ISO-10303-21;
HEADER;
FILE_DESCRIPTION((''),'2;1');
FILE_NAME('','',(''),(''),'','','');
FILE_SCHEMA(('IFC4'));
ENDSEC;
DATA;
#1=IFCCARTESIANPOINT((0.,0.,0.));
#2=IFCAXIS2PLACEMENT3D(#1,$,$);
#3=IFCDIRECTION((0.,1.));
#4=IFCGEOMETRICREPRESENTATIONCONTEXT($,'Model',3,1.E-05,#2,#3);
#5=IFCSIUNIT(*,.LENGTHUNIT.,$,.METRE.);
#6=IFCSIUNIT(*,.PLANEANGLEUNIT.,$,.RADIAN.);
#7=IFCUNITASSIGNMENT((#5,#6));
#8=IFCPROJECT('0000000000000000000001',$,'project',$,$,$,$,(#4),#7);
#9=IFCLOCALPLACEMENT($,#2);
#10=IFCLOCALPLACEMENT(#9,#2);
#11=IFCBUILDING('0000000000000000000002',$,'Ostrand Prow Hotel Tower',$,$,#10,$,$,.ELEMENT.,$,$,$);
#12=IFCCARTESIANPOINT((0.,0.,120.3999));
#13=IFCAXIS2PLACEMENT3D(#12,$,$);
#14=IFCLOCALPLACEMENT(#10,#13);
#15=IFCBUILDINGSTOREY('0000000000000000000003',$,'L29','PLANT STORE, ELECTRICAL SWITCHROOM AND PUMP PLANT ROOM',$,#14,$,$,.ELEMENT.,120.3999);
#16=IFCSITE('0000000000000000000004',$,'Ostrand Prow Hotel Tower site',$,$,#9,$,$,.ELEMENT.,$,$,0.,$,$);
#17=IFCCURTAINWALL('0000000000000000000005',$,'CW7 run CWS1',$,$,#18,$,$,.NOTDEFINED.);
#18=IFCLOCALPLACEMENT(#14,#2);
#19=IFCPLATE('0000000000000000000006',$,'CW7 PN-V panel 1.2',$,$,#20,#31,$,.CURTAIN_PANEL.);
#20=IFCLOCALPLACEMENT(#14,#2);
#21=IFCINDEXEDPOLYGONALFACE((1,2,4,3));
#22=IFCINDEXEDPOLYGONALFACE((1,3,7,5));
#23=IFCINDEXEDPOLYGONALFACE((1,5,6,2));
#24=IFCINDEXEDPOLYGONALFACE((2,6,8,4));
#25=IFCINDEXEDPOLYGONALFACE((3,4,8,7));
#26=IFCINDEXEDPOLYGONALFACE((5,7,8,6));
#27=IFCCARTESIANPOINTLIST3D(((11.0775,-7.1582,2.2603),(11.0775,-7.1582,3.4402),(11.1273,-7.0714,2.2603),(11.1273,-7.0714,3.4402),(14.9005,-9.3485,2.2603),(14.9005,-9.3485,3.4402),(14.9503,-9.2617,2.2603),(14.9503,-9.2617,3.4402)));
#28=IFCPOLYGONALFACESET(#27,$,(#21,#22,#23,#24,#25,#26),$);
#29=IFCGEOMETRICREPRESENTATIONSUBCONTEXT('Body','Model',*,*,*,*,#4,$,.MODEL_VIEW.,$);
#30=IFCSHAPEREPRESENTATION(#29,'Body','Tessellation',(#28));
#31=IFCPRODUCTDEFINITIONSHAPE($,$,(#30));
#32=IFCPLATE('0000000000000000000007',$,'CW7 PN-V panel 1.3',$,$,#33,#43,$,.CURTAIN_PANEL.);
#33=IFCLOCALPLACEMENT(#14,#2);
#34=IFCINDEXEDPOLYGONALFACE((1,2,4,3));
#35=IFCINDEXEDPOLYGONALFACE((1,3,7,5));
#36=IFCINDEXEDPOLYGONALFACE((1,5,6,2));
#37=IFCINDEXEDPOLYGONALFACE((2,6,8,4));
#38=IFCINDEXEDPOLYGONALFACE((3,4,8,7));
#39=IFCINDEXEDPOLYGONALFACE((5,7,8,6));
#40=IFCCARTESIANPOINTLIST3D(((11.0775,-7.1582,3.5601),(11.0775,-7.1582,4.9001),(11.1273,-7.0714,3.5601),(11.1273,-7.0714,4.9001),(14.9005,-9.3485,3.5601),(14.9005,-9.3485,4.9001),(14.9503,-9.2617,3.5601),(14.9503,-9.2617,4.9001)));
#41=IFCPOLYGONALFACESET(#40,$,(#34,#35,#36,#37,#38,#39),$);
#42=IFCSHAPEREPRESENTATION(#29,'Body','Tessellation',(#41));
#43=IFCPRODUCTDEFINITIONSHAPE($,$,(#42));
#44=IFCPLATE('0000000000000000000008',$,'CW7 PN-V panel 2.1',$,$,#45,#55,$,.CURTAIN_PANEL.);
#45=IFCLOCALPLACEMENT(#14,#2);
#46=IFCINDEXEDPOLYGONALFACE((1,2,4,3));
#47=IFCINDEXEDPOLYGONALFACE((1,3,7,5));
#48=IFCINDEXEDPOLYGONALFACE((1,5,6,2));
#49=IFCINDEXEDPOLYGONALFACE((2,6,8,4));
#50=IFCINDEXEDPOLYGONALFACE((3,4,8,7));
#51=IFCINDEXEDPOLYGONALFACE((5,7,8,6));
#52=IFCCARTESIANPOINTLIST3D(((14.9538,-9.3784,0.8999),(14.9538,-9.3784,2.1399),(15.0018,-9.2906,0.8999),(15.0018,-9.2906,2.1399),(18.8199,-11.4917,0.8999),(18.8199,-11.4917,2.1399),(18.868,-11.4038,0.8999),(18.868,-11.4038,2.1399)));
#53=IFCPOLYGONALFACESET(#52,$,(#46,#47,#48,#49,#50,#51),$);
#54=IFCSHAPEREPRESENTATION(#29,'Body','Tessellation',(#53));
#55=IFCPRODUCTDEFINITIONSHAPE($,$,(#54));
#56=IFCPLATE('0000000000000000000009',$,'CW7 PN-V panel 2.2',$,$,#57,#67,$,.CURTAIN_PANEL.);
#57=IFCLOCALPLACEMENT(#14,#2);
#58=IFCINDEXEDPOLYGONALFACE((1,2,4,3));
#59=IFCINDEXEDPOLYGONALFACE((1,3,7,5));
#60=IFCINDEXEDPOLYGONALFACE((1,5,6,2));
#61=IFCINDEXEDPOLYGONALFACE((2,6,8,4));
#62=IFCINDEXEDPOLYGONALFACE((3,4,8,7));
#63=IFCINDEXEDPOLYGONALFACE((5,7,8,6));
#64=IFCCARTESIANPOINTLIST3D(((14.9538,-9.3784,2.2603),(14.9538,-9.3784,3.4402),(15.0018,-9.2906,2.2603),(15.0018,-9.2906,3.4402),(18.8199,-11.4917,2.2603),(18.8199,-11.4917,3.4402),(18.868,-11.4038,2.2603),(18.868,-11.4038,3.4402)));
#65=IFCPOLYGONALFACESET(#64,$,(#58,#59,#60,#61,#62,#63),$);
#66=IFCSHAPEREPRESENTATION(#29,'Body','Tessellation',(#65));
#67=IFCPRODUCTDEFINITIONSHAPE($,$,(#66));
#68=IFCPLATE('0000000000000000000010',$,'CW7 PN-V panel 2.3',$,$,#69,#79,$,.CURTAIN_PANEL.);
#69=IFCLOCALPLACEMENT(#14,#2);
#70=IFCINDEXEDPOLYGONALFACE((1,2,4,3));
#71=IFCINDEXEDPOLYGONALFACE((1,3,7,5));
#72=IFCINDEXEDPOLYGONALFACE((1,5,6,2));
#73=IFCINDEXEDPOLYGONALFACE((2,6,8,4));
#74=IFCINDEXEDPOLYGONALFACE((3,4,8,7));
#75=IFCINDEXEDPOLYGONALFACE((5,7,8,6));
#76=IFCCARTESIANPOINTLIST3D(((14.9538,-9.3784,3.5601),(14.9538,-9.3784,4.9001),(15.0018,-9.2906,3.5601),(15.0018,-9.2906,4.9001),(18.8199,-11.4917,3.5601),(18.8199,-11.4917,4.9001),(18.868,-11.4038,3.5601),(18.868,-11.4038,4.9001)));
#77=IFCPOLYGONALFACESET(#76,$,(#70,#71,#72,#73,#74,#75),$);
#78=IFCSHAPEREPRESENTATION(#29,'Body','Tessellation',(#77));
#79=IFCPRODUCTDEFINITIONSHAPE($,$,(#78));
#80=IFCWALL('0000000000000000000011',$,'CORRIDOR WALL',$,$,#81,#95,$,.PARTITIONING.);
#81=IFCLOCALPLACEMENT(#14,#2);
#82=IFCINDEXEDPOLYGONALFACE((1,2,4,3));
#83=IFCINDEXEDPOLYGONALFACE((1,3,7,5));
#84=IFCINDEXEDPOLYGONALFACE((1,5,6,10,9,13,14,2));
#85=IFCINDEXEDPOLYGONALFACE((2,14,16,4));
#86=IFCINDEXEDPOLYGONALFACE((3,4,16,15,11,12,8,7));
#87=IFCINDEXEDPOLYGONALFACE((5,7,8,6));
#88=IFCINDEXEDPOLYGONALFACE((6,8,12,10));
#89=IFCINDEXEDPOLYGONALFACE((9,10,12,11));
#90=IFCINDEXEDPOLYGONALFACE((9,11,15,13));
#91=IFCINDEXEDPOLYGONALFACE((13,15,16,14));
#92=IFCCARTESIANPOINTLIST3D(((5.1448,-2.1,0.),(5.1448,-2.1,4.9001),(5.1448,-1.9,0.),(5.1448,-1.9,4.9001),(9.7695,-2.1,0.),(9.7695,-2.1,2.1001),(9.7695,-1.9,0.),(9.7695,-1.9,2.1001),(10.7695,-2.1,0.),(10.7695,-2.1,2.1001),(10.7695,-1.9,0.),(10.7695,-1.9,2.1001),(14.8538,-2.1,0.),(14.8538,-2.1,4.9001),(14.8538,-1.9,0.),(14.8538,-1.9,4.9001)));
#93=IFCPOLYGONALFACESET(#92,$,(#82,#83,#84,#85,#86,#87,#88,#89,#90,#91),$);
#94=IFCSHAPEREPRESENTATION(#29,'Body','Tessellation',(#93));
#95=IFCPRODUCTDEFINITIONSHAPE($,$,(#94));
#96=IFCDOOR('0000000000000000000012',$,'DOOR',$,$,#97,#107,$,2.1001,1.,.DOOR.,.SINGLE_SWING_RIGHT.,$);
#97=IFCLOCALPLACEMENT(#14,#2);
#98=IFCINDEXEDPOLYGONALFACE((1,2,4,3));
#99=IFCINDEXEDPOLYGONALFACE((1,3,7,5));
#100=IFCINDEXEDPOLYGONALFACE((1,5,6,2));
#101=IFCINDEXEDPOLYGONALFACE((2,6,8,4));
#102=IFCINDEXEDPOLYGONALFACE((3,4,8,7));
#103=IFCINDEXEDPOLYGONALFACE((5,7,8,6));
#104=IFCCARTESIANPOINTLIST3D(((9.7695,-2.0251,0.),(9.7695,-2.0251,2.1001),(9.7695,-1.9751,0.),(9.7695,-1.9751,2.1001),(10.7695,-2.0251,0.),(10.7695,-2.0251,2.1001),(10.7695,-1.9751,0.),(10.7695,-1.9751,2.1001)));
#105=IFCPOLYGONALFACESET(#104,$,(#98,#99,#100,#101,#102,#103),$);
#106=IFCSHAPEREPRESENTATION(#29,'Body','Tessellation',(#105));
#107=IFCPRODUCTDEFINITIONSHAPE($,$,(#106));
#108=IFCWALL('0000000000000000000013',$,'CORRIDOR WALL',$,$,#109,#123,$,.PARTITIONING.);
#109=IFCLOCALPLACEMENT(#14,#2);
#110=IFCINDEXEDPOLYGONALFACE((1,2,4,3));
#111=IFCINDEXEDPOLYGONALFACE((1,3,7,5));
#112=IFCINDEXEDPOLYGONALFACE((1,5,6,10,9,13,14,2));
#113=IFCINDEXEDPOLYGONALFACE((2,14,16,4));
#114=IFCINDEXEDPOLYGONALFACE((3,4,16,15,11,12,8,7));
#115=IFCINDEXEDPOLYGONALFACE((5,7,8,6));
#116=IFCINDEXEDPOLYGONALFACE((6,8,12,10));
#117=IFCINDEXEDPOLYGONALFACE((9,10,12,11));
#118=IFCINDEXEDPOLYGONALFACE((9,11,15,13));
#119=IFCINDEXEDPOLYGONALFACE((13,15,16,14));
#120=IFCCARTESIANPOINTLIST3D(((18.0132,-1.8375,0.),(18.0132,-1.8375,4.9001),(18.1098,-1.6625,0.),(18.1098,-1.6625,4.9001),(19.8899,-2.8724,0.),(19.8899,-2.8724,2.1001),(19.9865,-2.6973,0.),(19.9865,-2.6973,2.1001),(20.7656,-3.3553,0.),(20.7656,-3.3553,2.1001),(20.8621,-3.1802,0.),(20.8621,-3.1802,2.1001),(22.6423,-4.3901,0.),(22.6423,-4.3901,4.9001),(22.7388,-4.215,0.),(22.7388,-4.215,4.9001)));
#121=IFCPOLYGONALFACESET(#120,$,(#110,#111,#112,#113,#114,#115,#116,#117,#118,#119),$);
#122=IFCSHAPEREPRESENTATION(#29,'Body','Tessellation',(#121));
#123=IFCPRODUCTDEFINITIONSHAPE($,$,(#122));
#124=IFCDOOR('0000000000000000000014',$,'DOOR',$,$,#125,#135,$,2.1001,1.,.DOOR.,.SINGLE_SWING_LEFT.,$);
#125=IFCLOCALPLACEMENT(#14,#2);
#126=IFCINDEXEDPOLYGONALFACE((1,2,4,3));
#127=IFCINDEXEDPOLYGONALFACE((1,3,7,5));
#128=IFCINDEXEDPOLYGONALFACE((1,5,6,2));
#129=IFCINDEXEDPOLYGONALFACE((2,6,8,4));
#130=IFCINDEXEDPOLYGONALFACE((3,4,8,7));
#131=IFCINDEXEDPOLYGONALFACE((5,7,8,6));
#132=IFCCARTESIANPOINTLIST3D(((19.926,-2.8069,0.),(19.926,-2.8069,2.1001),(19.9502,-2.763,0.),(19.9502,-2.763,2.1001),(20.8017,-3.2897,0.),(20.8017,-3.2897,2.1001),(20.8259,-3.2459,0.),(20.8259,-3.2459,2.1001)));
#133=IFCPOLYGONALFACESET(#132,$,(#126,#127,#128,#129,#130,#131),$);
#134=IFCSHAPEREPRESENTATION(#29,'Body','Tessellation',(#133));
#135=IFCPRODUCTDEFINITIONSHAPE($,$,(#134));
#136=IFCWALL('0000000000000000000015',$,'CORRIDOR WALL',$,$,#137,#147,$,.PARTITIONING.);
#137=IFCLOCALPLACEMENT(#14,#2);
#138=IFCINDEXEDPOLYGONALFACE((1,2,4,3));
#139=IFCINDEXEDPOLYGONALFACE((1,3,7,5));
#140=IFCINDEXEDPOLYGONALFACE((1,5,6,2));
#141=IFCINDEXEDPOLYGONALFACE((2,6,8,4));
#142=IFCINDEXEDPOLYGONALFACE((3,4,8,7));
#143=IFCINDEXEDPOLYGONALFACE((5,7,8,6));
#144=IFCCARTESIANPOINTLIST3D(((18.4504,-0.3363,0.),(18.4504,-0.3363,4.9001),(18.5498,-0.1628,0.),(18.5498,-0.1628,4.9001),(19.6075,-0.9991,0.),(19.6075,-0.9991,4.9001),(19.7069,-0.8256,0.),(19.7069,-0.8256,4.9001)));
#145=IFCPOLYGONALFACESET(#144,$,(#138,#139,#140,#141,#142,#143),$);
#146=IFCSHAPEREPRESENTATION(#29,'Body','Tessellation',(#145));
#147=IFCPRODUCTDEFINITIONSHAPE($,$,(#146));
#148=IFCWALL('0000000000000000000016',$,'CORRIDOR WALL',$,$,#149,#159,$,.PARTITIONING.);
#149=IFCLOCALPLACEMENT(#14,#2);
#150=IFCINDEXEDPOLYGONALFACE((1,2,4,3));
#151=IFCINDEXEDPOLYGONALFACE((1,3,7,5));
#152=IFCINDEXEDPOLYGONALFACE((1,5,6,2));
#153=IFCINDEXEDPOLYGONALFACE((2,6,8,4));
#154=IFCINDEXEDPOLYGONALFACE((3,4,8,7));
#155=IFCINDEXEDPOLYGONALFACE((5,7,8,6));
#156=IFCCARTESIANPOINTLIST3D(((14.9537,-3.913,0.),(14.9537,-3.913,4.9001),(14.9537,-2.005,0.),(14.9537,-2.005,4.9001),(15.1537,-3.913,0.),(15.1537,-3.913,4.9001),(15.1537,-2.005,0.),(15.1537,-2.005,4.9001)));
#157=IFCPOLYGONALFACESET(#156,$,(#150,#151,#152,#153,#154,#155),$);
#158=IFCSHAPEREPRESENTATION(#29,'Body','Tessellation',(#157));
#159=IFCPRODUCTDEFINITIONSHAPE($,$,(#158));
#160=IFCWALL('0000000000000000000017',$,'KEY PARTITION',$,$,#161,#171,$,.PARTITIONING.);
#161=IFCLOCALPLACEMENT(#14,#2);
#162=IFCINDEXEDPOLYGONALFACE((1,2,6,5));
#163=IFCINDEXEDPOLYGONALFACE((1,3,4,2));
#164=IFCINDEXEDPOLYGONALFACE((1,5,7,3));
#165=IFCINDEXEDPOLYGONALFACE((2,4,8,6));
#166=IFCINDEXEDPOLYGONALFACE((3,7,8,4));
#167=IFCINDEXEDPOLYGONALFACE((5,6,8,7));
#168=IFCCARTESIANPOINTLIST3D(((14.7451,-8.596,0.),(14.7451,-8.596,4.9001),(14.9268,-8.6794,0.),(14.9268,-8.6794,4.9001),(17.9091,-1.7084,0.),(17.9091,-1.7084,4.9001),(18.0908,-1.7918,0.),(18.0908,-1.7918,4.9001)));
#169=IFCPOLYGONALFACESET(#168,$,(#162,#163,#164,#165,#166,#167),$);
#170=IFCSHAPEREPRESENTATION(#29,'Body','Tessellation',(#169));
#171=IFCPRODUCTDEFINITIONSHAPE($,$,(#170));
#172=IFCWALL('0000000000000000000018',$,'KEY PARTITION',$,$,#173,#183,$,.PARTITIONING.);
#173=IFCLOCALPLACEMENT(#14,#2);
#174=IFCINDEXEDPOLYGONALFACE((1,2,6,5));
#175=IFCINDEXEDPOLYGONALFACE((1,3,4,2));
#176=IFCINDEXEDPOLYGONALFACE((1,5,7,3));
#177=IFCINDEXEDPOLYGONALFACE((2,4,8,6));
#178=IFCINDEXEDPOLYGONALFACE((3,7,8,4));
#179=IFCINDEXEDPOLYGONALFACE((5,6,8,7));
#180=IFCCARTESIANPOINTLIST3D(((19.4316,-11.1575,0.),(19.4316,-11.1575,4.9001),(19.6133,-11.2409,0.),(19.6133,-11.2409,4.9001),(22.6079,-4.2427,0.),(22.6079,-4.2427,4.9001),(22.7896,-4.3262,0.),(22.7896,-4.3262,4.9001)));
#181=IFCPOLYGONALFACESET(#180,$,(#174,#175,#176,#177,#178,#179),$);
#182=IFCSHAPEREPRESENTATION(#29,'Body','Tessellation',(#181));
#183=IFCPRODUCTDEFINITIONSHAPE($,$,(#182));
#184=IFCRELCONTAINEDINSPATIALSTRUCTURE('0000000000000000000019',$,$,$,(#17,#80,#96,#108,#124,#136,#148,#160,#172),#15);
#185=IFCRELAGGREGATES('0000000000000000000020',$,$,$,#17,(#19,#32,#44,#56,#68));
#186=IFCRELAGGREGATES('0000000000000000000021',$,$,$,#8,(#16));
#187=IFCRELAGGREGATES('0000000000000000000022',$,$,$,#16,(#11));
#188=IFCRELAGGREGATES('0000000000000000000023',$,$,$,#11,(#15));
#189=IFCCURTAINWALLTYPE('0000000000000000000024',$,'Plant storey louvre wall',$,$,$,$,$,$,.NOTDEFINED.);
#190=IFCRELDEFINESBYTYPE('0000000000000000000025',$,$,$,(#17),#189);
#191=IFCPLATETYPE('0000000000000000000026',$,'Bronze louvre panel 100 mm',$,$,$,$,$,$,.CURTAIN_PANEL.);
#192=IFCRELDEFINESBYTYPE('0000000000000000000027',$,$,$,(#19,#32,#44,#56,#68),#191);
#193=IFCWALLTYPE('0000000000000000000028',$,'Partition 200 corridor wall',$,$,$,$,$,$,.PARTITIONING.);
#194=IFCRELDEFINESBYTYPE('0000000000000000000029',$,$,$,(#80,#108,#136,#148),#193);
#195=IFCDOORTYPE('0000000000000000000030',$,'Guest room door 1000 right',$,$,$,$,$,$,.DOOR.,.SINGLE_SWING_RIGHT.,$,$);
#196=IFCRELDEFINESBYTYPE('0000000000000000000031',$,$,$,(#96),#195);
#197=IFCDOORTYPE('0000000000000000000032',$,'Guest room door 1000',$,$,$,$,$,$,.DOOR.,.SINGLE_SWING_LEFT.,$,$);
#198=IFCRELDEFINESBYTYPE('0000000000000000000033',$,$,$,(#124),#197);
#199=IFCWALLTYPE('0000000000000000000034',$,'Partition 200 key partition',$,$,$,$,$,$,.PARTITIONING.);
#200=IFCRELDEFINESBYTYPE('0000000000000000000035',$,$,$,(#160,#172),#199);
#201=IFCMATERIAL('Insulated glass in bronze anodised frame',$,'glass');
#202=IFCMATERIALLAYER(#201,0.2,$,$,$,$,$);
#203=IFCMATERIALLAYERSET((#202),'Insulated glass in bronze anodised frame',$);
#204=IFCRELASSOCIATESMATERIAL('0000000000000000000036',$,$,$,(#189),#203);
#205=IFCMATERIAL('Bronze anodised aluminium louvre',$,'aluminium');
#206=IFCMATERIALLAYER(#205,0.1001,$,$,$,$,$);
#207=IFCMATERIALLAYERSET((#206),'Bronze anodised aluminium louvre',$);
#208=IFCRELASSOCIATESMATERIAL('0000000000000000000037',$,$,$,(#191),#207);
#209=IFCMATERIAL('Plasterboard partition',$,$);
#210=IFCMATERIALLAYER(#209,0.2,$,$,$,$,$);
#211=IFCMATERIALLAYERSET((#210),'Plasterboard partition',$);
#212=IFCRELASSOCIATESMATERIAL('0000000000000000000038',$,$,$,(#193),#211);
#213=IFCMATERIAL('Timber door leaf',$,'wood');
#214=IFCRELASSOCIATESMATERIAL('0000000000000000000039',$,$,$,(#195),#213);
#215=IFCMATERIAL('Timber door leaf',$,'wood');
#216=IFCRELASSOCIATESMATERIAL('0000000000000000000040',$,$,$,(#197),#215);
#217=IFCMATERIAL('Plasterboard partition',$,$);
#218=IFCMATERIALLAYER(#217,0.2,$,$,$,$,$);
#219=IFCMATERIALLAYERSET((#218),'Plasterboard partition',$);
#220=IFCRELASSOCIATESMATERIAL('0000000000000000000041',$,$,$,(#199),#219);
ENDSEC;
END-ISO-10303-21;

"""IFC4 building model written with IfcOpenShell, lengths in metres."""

from ifc_helpers import new_model, si_unit, direction, frame, frame_2d, origin, origin_2d, place, context, subcontext, project, spatial, rectangle, extrude, material, layer, layer_set, type_object, element, fill, aggregate, save


model = new_model("IFC4")

# Units and contexts
model_context = context("Model", 3, precision=1e-05, world=origin(), true_north=direction((0.0, 1.0)))
body_context = subcontext(model_context, "Body", "Model", "MODEL_VIEW")
ifc_project = project(units=[si_unit("LENGTHUNIT", "METRE"), si_unit("PLANEANGLEUNIT", "RADIAN")], contexts=[model_context])

# Site, building, storey
site_placement = place(None, origin())
site = spatial("IfcSite", under=ifc_project, at=site_placement, Name="Ostrand Prow Hotel Tower site", CompositionType="ELEMENT", RefElevation=0.0)
building_placement = place(site_placement, origin())
building = spatial("IfcBuilding", under=site, at=building_placement, Name="Ostrand Prow Hotel Tower", CompositionType="ELEMENT")
storey_placement = place(building_placement, frame((0.0, 0.0, 120.3999)))
storey = spatial("IfcBuildingStorey", under=building, at=storey_placement, Name="L29", Description="PLANT STORE, ELECTRICAL SWITCHROOM AND PUMP PLANT ROOM", CompositionType="ELEMENT", Elevation=120.3999)

# Curtain wall
ifc_material_1 = material(Name="Insulated glass in bronze anodised frame", Category="glass")
ifc_layer_1 = layer(ifc_material_1, 0.2)
ifc_layer_set_1 = layer_set([ifc_layer_1], Name="Insulated glass in bronze anodised frame")
curtain_wall_type = type_object("IfcCurtainWallType", Name="Plant storey louvre wall", PredefinedType="NOTDEFINED", material=ifc_layer_set_1)
curtain_wall_1_placement = place(storey_placement, origin())
curtain_wall_1 = element("IfcCurtainWall", 1, at=curtain_wall_1_placement, inside=storey, type_object=curtain_wall_type, Name="CW7 run CWS1", PredefinedType="NOTDEFINED")

# Plates
ifc_material_2 = material(Name="Bronze anodised aluminium louvre", Category="aluminium")
ifc_layer_2 = layer(ifc_material_2, 0.1001)
ifc_layer_set_2 = layer_set([ifc_layer_2], Name="Bronze anodised aluminium louvre")
plate_type = type_object("IfcPlateType", Name="Bronze louvre panel 100 mm", PredefinedType="CURTAIN_PANEL", material=ifc_layer_set_2)
plate_1_placement = place(storey_placement, frame((13.0139, -8.21, 2.2603), z_axis=(0.0, 0.0, 1.0), x_axis=(0.867685, -0.497115, 0.0)))
plate_1 = element("IfcPlate", 2, at=plate_1_placement, type_object=plate_type, Name="CW7 PN-V panel 1.2", PredefinedType="CURTAIN_PANEL", context=body_context, shape_type="SweptSolid", body=[
    extrude(rectangle(XDim=4.406, YDim=0.1001, at=origin_2d()), origin(), (0.0, 0.0, 1.0), 1.1799),
])
plate_2_placement = place(storey_placement, frame((13.0139, -8.21, 3.5601), z_axis=(0.0, 0.0, 1.0), x_axis=(0.867685, -0.497115, 0.0)))
plate_2 = element("IfcPlate", 3, at=plate_2_placement, type_object=plate_type, Name="CW7 PN-V panel 1.3", PredefinedType="CURTAIN_PANEL", context=body_context, shape_type="SweptSolid", body=[
    extrude(rectangle(XDim=4.406, YDim=0.1001, at=origin_2d()), origin(), (0.0, 0.0, 1.0), 1.3401),
])
plate_3_placement = place(storey_placement, frame((16.9109, -10.3911, 0.8999), z_axis=(0.0, 0.0, 1.0), x_axis=(0.877467, -0.479637, 0.0)))
plate_3 = element("IfcPlate", 4, at=plate_3_placement, type_object=plate_type, Name="CW7 PN-V panel 2.1", PredefinedType="CURTAIN_PANEL", context=body_context, shape_type="SweptSolid", body=[
    extrude(rectangle(XDim=4.406, YDim=0.1001, at=origin_2d()), origin(), (0.0, 0.0, 1.0), 1.24),
])
plate_4_placement = place(storey_placement, frame((16.9109, -10.3911, 2.2603), z_axis=(0.0, 0.0, 1.0), x_axis=(0.877467, -0.479637, 0.0)))
plate_4 = element("IfcPlate", 5, at=plate_4_placement, type_object=plate_type, Name="CW7 PN-V panel 2.2", PredefinedType="CURTAIN_PANEL", context=body_context, shape_type="SweptSolid", body=[
    extrude(rectangle(XDim=4.406, YDim=0.1001, at=origin_2d()), origin(), (0.0, 0.0, 1.0), 1.1799),
])
plate_5_placement = place(storey_placement, frame((16.9109, -10.3911, 3.5601), z_axis=(0.0, 0.0, 1.0), x_axis=(0.877467, -0.479637, 0.0)))
plate_5 = element("IfcPlate", 6, at=plate_5_placement, type_object=plate_type, Name="CW7 PN-V panel 2.3", PredefinedType="CURTAIN_PANEL", context=body_context, shape_type="SweptSolid", body=[
    extrude(rectangle(XDim=4.406, YDim=0.1001, at=origin_2d()), origin(), (0.0, 0.0, 1.0), 1.3401),
])
aggregate(curtain_wall_1, [plate_1, plate_2, plate_3, plate_4, plate_5])

# Walls, openings, doors
ifc_material_3 = material(Name="Plasterboard partition")
ifc_layer_3 = layer(ifc_material_3, 0.2)
ifc_layer_set_3 = layer_set([ifc_layer_3], Name="Plasterboard partition")
wall_type_1 = type_object("IfcWallType", Name="Partition 200 corridor wall", PredefinedType="PARTITIONING", material=ifc_layer_set_3)
wall_1_placement = place(storey_placement, frame((5.1448, -2.0, 0.0), z_axis=(0.0, 0.0, 1.0), x_axis=(1.0, 0.0, 0.0)))
wall_1 = element("IfcWall", 7, at=wall_1_placement, inside=storey, type_object=wall_type_1, Name="CORRIDOR WALL", PredefinedType="PARTITIONING", context=body_context, shape_type="SweptSolid", body=[
    extrude(rectangle(XDim=9.709, YDim=0.2, at=frame_2d((4.8545, 0.0))), origin(), (0.0, 0.0, 1.0), 4.9001),
])
opening_1_placement = place(wall_1_placement, frame((4.6248, 0.0, 0.0)))
opening_1 = element("IfcOpeningElement", 8, at=opening_1_placement, cuts=wall_1, PredefinedType="OPENING", context=body_context, shape_type="SweptSolid", body=[
    extrude(rectangle(XDim=1.0, YDim=2.1001, at=frame_2d((0.5, 1.05))), frame((0.0, 0.1099, 0.0), z_axis=(0.0, -1.0, 0.0), x_axis=(1.0, 0.0, 0.0)), (0.0, 0.0, 1.0), 0.22),
])
ifc_material_4 = material(Name="Timber door leaf", Category="wood")
door_type_1 = type_object("IfcDoorType", Name="Guest room door 1000 right", OperationType="SINGLE_SWING_RIGHT", PredefinedType="DOOR", material=ifc_material_4)
door_1_placement = place(opening_1_placement, origin())
door_1 = element("IfcDoor", 9, at=door_1_placement, inside=storey, type_object=door_type_1, Name="DOOR", OperationType="SINGLE_SWING_RIGHT", OverallHeight=2.1001, OverallWidth=1.0, PredefinedType="DOOR", context=body_context, shape_type="SweptSolid", body=[
    extrude(rectangle(XDim=1.0, YDim=2.1001, at=frame_2d((0.5, 1.05))), frame((0.0, 0.0249, 0.0), z_axis=(0.0, -1.0, 0.0), x_axis=(1.0, 0.0, 0.0)), (0.0, 0.0, 1.0), 0.05),
])
fill(opening_1, door_1)
wall_2_placement = place(storey_placement, frame((18.0615, -1.75, 0.0), z_axis=(0.0, 0.0, 1.0), x_axis=(0.875689, -0.482876, 0.0)))
wall_2 = element("IfcWall", 10, at=wall_2_placement, inside=storey, type_object=wall_type_1, Name="CORRIDOR WALL", PredefinedType="PARTITIONING", context=body_context, shape_type="SweptSolid", body=[
    extrude(rectangle(XDim=5.2861, YDim=0.2, at=frame_2d((2.6431, 0.0))), origin(), (0.0, 0.0, 1.0), 4.9001),
])
opening_2_placement = place(wall_2_placement, frame((2.1431, 0.0, 0.0)))
opening_2 = element("IfcOpeningElement", 11, at=opening_2_placement, cuts=wall_2, PredefinedType="OPENING", context=body_context, shape_type="SweptSolid", body=[
    extrude(rectangle(XDim=1.0, YDim=2.1001, at=frame_2d((0.5, 1.05))), frame((0.0, 0.1099, 0.0), z_axis=(0.0, -1.0, 0.0), x_axis=(1.0, 0.0, 0.0)), (0.0, 0.0, 1.0), 0.22),
])
ifc_material_5 = material(Name="Timber door leaf", Category="wood")
door_type_2 = type_object("IfcDoorType", Name="Guest room door 1000", OperationType="SINGLE_SWING_LEFT", PredefinedType="DOOR", material=ifc_material_5)
door_2_placement = place(opening_2_placement, origin())
door_2 = element("IfcDoor", 12, at=door_2_placement, inside=storey, type_object=door_type_2, Name="DOOR", OperationType="SINGLE_SWING_LEFT", OverallHeight=2.1001, OverallWidth=1.0, PredefinedType="DOOR", context=body_context, shape_type="SweptSolid", body=[
    extrude(rectangle(XDim=1.0, YDim=2.1001, at=frame_2d((0.5, 1.05))), frame((0.0, 0.0249, 0.0), z_axis=(0.0, -1.0, 0.0), x_axis=(1.0, 0.0, 0.0)), (0.0, 0.0, 1.0), 0.05),
])
fill(opening_2, door_2)

# Walls
wall_3_placement = place(storey_placement, frame((19.6572, -0.9124, 0.0), z_axis=(0.0, 0.0, 1.0), x_axis=(-0.867736, 0.497026, 0.0)))
element("IfcWall", 13, at=wall_3_placement, inside=storey, type_object=wall_type_1, Name="CORRIDOR WALL", PredefinedType="PARTITIONING", context=body_context, shape_type="SweptSolid", body=[
    extrude(rectangle(XDim=1.3335, YDim=0.2, at=frame_2d((0.6667, 0.0))), origin(), (0.0, 0.0, 1.0), 4.9001),
])
wall_4_placement = place(storey_placement, frame((15.0537, -2.0049, 0.0), z_axis=(0.0, 0.0, 1.0), x_axis=(0.0, -1.0, 0.0)))
element("IfcWall", 14, at=wall_4_placement, inside=storey, type_object=wall_type_1, Name="CORRIDOR WALL", PredefinedType="PARTITIONING", context=body_context, shape_type="SweptSolid", body=[
    extrude(rectangle(XDim=1.908, YDim=0.2, at=frame_2d((0.9541, 0.0))), origin(), (0.0, 0.0, 1.0), 4.9001),
])
ifc_material_6 = material(Name="Plasterboard partition")
ifc_layer_4 = layer(ifc_material_6, 0.2)
ifc_layer_set_4 = layer_set([ifc_layer_4], Name="Plasterboard partition")
wall_type_2 = type_object("IfcWallType", Name="Partition 200 key partition", PredefinedType="PARTITIONING", material=ifc_layer_set_4)
wall_5_placement = place(storey_placement, frame((14.8359, -8.6377, 0.0), z_axis=(0.0, 0.0, 1.0), x_axis=(0.41744, 0.908705, 0.0)))
element("IfcWall", 15, at=wall_5_placement, inside=storey, type_object=wall_type_2, Name="KEY PARTITION", PredefinedType="PARTITIONING", context=body_context, shape_type="SweptSolid", body=[
    extrude(rectangle(XDim=7.5796, YDim=0.2, at=frame_2d((3.7898, 0.0))), origin(), (0.0, 0.0, 1.0), 4.9001),
])
wall_6_placement = place(storey_placement, frame((19.5225, -11.1992, 0.0), z_axis=(0.0, 0.0, 1.0), x_axis=(0.417414, 0.908717, 0.0)))
element("IfcWall", 16, at=wall_6_placement, inside=storey, type_object=wall_type_2, Name="KEY PARTITION", PredefinedType="PARTITIONING", context=body_context, shape_type="SweptSolid", body=[
    extrude(rectangle(XDim=7.6094, YDim=0.2, at=frame_2d((3.8047, 0.0))), origin(), (0.0, 0.0, 1.0), 4.9001),
])

save(model, "model.ifc")
